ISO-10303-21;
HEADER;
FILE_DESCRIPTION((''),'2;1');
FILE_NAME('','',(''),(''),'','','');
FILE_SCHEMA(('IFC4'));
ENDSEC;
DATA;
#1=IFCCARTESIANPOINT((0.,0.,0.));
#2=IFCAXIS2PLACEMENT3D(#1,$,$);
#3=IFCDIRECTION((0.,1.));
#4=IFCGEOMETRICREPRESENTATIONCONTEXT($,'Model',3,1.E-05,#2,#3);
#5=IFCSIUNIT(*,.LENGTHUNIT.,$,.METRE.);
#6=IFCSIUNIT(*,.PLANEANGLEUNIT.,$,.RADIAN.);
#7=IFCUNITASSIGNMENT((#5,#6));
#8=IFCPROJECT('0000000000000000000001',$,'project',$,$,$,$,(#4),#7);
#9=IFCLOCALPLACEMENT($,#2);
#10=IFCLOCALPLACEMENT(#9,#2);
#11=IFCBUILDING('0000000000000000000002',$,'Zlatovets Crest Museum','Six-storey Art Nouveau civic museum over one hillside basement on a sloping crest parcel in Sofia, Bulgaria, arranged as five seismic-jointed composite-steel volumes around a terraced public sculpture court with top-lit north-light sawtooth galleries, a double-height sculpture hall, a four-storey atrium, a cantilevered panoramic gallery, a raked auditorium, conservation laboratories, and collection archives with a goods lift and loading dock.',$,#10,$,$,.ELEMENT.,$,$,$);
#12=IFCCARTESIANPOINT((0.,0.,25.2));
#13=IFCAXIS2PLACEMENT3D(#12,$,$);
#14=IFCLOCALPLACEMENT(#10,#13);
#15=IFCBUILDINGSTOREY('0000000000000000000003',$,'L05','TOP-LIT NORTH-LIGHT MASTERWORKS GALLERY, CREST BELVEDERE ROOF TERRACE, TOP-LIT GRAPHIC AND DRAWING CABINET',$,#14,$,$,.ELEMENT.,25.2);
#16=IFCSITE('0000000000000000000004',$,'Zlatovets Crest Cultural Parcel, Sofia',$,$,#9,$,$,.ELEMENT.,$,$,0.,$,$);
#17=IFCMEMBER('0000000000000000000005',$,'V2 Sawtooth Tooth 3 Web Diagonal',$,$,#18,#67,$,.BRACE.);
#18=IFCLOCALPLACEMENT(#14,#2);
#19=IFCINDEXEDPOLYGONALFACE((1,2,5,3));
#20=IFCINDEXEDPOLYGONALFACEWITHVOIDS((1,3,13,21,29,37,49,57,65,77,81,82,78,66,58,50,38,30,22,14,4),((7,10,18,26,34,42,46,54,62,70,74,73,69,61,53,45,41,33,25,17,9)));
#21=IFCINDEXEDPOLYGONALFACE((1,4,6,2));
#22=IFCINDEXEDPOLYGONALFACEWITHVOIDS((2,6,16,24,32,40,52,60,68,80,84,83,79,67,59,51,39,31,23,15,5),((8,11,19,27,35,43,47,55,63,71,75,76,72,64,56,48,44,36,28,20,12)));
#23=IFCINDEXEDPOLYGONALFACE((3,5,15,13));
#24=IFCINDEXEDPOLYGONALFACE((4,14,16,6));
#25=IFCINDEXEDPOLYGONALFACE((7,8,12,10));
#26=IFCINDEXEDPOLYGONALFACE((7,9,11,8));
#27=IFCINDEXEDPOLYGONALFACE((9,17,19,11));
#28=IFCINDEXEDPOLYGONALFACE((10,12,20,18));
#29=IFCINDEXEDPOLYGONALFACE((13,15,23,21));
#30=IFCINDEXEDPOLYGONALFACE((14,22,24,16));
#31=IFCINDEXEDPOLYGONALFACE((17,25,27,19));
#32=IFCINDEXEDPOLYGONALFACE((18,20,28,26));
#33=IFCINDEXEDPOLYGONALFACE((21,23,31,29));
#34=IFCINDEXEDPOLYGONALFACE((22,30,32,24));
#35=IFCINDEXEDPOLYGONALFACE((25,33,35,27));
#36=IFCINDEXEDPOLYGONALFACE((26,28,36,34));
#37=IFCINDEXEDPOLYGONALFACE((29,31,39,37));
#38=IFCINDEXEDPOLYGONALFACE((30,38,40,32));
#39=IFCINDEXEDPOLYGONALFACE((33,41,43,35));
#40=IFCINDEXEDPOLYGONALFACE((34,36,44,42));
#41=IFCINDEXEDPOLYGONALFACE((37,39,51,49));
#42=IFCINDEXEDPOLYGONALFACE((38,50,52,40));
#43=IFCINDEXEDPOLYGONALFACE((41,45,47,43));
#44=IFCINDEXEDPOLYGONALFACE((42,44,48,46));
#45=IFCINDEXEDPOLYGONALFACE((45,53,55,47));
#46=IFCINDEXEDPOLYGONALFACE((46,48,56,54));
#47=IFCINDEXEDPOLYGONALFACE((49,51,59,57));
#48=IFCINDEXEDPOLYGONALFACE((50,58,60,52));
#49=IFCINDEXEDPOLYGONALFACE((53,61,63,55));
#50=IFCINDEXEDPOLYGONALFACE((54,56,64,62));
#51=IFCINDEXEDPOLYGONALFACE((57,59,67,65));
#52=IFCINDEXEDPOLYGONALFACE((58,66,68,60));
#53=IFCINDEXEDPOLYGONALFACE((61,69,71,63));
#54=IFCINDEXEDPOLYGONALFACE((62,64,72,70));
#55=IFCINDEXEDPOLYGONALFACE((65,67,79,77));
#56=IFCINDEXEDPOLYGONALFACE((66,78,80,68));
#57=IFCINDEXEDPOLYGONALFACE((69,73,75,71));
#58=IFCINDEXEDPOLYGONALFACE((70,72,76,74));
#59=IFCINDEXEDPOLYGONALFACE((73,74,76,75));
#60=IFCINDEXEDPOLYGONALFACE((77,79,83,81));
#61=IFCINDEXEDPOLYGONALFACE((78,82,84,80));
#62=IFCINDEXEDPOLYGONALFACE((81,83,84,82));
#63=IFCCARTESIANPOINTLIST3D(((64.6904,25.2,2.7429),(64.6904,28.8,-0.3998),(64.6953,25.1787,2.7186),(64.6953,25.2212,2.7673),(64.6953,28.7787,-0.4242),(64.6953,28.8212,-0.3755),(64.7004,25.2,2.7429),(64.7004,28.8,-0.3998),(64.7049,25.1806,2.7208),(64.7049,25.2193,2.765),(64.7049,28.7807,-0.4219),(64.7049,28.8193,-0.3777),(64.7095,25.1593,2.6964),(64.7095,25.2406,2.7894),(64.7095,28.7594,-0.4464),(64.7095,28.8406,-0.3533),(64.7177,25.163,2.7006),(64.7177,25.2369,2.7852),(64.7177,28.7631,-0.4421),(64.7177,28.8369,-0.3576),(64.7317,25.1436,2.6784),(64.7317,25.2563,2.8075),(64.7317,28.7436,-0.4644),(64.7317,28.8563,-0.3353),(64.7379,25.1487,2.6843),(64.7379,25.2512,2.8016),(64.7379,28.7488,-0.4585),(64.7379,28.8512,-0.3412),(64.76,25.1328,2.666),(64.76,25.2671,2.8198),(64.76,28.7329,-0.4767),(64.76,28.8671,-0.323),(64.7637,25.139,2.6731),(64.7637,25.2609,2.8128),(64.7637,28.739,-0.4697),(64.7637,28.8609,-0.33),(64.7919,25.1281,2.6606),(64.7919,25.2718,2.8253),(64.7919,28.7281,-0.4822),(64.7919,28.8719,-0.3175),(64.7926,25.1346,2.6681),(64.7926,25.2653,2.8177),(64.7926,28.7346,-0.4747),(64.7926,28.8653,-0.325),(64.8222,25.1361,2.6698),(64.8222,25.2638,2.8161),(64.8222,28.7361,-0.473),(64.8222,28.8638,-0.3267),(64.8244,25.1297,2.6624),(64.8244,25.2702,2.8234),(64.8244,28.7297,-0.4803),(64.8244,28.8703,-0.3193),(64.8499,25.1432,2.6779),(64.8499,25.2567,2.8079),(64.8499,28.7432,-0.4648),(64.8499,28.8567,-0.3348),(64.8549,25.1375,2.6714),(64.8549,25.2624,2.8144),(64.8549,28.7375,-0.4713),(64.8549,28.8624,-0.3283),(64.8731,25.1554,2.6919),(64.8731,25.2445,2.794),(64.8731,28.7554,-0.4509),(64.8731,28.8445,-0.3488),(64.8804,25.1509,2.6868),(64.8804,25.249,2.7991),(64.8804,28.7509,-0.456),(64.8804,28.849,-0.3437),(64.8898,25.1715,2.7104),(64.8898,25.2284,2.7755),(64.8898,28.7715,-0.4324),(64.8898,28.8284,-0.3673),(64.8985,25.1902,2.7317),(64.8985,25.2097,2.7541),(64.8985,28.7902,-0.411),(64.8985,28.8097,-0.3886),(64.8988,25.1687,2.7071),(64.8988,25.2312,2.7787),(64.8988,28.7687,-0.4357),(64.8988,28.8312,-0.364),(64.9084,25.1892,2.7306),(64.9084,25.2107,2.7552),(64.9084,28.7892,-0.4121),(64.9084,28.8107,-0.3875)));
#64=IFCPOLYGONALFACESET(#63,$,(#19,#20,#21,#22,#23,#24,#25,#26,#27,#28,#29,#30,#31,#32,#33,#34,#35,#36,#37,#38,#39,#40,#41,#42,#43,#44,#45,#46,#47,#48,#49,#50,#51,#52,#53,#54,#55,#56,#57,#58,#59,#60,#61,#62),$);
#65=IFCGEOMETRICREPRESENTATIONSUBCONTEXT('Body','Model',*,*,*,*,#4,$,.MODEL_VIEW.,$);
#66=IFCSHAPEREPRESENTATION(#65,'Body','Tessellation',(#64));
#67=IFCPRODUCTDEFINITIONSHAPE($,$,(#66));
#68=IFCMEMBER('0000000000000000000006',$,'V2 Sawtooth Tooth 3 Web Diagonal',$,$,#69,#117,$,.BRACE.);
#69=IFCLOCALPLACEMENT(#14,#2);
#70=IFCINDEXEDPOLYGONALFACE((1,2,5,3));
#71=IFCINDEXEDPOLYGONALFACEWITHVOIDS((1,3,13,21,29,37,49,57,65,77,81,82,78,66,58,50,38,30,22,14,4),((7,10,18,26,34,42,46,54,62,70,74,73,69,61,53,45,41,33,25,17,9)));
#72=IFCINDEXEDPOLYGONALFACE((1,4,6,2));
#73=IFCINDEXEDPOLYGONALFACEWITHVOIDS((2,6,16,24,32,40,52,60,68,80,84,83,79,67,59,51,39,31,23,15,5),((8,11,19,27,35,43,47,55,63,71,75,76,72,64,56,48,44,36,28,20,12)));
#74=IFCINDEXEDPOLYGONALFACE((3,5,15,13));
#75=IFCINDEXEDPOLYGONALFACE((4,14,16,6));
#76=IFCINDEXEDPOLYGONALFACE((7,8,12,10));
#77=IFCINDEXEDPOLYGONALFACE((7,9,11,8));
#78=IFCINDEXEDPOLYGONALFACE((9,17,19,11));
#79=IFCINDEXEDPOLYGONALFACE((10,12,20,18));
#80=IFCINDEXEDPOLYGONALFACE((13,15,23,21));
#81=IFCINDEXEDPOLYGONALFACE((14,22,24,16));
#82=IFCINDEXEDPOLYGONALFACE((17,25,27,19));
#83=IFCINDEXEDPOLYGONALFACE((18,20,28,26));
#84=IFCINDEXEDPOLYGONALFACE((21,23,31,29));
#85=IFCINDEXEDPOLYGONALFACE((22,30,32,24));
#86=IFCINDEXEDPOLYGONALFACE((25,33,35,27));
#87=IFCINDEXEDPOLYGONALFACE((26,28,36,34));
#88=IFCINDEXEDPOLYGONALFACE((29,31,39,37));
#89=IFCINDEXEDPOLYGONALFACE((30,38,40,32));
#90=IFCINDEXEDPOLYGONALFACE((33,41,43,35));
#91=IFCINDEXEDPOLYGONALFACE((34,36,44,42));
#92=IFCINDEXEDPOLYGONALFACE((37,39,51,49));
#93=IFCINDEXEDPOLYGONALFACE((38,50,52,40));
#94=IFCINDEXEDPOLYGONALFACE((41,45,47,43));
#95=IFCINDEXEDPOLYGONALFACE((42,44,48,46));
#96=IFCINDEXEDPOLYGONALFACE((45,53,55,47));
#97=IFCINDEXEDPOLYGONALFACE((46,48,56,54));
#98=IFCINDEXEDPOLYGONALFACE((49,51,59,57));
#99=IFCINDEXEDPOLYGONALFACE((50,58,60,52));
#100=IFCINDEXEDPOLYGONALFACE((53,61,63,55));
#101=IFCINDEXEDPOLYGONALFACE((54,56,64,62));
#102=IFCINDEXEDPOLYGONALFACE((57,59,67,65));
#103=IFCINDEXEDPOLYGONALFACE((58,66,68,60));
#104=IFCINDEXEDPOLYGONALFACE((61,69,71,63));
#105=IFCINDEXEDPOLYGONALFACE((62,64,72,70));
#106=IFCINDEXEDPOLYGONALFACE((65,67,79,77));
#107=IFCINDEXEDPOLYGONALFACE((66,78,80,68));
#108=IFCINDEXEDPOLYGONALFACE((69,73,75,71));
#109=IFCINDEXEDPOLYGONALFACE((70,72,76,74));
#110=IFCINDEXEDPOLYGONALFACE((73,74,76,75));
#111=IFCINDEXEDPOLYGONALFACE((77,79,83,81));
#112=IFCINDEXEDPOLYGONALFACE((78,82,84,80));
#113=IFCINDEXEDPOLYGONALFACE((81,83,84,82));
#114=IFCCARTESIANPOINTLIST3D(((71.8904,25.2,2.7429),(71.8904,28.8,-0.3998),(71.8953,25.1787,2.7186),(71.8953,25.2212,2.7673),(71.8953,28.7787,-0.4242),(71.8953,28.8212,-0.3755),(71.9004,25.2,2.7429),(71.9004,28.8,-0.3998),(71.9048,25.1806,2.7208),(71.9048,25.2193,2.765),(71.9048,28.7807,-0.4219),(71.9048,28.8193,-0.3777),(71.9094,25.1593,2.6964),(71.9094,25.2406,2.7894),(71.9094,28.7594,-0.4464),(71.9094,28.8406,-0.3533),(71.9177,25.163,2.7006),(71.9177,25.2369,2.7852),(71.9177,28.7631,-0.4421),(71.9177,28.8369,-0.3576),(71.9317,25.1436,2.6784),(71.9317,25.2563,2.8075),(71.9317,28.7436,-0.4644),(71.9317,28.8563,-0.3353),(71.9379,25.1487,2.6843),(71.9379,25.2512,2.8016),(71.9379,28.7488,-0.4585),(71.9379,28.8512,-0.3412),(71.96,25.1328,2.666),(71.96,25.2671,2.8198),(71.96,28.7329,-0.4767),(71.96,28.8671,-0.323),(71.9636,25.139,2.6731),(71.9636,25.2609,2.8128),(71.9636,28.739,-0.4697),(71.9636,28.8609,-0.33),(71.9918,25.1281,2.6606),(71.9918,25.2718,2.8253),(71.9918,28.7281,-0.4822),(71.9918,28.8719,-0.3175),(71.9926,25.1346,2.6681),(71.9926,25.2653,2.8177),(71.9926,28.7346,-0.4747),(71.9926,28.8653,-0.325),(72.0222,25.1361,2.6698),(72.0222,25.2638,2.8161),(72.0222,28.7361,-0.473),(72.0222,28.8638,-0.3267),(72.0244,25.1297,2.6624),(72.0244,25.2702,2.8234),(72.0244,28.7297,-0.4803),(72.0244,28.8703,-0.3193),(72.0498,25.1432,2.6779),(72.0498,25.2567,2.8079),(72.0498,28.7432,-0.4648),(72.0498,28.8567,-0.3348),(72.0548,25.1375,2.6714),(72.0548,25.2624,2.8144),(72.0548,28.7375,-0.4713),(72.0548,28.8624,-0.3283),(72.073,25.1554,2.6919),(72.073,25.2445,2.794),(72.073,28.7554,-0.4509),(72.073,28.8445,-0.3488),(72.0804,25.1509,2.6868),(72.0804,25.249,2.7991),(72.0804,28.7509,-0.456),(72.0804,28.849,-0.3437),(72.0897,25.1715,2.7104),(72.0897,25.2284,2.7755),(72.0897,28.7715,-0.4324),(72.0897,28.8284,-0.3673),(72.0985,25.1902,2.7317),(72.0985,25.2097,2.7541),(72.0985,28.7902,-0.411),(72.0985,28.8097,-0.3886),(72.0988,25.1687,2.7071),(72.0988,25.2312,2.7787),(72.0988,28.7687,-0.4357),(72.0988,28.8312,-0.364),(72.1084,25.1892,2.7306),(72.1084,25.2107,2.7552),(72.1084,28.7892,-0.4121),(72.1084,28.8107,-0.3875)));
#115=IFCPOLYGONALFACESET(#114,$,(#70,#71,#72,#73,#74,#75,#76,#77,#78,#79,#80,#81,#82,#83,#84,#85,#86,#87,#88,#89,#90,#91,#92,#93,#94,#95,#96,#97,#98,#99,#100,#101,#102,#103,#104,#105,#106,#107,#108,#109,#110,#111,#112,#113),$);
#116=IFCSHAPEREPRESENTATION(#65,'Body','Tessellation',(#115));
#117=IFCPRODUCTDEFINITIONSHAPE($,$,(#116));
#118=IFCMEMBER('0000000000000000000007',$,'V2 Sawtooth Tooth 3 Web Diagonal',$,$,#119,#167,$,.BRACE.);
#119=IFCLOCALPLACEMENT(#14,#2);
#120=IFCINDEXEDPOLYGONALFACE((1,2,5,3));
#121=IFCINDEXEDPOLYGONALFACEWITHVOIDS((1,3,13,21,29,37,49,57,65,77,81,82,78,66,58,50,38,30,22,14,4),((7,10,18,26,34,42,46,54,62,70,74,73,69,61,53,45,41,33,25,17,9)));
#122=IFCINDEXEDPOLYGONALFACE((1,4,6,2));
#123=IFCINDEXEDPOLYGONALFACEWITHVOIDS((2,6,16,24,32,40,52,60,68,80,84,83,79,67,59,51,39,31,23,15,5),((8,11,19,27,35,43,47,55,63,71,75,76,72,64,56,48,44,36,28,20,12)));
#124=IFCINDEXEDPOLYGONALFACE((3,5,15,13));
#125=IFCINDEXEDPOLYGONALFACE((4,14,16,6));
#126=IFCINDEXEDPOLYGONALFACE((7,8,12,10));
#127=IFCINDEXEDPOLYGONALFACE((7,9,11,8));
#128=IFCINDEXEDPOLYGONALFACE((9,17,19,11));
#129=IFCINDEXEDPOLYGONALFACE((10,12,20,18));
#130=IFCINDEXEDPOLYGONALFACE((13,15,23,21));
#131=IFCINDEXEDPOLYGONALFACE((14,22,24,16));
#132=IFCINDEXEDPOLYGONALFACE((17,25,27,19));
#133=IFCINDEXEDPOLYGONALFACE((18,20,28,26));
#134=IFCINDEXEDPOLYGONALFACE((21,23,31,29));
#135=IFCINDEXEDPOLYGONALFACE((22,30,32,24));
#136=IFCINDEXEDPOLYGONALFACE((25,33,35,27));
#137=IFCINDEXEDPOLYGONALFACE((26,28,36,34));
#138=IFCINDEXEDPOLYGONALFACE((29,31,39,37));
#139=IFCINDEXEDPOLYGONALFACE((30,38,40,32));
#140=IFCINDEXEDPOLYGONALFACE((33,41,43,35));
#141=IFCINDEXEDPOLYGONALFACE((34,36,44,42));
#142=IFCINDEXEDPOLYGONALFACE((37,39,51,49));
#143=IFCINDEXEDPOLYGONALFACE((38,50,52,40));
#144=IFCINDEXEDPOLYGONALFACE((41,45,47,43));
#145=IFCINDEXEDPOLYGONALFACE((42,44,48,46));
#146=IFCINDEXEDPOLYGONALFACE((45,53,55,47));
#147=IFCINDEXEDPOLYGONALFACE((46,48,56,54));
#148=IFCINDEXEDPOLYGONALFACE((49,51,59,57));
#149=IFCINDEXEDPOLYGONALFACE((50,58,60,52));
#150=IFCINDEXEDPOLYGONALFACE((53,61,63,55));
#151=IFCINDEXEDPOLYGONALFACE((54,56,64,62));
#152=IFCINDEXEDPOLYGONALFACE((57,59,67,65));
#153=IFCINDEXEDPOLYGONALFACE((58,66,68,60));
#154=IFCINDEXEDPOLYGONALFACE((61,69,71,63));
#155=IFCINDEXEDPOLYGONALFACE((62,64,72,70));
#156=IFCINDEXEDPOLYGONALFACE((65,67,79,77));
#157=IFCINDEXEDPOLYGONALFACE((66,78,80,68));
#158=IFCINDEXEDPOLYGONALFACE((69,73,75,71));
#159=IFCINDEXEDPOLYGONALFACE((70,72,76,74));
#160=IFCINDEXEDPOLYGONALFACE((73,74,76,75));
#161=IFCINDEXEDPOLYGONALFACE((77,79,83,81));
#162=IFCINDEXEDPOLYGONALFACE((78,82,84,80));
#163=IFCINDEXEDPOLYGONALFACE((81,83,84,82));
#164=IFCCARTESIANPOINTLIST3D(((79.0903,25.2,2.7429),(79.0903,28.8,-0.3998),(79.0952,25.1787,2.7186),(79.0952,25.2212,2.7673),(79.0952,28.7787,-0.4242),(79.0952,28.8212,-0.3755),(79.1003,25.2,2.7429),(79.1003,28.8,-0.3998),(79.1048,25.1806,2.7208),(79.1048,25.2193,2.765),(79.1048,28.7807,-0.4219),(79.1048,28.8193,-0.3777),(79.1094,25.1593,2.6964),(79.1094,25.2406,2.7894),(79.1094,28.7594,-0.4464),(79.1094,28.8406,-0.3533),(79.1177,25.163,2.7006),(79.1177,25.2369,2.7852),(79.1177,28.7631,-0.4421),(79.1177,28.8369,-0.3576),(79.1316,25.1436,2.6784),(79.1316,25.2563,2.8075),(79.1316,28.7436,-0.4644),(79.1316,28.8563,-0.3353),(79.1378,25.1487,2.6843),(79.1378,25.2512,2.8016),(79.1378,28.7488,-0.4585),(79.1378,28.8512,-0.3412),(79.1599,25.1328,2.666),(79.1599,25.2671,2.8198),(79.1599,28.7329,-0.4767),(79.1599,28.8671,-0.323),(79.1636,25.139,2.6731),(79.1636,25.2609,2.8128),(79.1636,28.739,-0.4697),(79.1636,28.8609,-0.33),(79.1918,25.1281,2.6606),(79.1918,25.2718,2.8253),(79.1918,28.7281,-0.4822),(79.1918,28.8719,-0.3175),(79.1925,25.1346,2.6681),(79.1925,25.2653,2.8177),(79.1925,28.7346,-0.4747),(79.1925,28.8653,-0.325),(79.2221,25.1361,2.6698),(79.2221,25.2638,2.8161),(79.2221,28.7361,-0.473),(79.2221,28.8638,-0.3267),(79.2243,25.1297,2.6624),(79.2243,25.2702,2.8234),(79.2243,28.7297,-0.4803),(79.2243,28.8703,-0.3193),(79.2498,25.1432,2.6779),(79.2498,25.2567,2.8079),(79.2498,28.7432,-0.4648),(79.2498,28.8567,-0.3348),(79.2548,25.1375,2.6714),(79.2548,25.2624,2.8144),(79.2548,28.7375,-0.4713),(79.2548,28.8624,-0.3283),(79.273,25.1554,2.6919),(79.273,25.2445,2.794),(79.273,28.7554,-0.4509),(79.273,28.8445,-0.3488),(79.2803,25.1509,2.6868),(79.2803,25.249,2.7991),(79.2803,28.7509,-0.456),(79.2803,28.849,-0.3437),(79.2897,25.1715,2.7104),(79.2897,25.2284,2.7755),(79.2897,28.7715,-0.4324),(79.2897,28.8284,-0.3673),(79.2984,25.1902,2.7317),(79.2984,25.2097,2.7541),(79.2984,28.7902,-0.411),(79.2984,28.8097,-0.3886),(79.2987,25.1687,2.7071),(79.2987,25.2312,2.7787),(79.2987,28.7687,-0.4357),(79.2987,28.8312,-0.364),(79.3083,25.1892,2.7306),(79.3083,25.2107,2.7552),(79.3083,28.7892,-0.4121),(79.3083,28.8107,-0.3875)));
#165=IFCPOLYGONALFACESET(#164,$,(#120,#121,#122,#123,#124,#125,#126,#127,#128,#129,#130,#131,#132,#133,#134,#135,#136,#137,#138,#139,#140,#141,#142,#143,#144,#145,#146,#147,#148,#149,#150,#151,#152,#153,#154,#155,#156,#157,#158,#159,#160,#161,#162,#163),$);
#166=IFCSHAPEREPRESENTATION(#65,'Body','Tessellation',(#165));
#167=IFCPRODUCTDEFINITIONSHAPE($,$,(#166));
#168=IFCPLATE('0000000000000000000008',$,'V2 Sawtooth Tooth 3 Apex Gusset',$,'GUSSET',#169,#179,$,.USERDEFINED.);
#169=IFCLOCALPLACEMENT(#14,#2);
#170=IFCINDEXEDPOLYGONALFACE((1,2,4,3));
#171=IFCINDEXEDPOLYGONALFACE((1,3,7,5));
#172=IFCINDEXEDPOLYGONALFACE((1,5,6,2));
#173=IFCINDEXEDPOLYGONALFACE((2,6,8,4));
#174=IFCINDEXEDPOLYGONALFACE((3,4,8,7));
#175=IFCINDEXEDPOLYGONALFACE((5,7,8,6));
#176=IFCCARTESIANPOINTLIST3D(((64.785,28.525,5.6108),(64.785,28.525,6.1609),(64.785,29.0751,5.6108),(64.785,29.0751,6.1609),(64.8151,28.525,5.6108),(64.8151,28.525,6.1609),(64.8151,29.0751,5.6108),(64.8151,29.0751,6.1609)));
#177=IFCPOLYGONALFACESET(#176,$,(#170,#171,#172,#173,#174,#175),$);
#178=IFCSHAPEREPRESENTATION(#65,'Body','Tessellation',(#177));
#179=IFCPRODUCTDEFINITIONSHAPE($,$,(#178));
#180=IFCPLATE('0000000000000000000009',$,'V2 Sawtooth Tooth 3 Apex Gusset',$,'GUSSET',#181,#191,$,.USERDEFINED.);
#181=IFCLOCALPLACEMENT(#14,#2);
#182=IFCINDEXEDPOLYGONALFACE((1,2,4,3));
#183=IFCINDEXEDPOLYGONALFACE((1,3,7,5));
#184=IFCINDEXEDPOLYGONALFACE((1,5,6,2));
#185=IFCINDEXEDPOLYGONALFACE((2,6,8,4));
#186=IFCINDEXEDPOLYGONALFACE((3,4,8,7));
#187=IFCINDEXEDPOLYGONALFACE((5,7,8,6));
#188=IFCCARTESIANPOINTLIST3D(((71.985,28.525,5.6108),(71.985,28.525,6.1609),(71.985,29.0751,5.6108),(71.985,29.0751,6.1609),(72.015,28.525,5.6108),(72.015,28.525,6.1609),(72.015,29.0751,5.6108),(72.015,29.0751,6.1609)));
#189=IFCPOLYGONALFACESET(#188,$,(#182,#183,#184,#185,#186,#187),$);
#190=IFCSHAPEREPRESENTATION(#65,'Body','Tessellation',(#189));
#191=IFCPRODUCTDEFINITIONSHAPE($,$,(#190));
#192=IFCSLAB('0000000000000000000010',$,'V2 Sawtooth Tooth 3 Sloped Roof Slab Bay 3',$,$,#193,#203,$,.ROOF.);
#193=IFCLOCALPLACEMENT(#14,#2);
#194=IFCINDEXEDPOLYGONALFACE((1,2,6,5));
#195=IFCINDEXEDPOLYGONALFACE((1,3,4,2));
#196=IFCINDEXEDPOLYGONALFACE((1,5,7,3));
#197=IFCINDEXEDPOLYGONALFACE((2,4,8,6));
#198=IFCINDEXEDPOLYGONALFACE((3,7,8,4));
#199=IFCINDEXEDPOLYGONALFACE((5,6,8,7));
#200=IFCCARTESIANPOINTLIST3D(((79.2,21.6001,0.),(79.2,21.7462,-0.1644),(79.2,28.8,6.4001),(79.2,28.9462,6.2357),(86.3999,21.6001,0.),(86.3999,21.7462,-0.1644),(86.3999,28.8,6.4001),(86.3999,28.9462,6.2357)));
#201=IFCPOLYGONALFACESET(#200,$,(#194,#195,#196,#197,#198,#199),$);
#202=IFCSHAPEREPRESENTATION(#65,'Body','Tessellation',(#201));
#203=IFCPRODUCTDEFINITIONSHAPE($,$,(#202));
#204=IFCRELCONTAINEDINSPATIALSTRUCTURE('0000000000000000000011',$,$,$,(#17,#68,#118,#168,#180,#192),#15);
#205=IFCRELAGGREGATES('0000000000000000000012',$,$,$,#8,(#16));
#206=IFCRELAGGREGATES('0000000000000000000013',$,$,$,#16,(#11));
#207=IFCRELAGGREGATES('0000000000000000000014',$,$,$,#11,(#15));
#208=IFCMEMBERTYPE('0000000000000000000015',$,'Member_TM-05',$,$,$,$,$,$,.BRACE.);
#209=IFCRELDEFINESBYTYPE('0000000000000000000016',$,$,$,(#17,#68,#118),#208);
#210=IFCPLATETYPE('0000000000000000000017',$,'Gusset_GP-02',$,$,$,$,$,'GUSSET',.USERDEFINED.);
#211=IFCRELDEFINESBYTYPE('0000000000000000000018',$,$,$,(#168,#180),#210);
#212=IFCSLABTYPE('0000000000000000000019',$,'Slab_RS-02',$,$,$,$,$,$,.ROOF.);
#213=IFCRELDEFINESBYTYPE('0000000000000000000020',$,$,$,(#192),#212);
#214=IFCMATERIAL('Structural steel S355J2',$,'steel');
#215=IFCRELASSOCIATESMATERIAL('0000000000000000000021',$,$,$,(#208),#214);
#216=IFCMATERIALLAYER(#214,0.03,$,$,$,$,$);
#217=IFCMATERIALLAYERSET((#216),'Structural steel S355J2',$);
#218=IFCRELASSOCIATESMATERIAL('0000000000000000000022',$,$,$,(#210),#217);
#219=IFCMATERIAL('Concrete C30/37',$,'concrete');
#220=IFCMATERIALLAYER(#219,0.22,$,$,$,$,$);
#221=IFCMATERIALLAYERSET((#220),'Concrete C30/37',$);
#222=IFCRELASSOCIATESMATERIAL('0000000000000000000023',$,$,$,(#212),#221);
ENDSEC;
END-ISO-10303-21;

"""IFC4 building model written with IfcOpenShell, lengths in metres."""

from ifc_helpers import new_model, si_unit, direction, frame, origin, origin_2d, place, context, subcontext, project, spatial, polyline, rectangle, hollow_circle, outline, extrude, material, layer, layer_set, material_profile, profile_set, type_object, element, save


model = new_model("IFC4")

# Units and contexts
model_context = context("Model", 3, precision=1e-05, world=origin(), true_north=direction((0.0, 1.0)))
body_context = subcontext(model_context, "Body", "Model", "MODEL_VIEW")
ifc_project = project(units=[si_unit("LENGTHUNIT", "METRE"), si_unit("PLANEANGLEUNIT", "RADIAN")], contexts=[model_context])

# Site, building, storey
site_placement = place(None, origin())
site = spatial("IfcSite", under=ifc_project, at=site_placement, Name="Zlatovets Crest Cultural Parcel, Sofia", CompositionType="ELEMENT", RefElevation=0.0)
building_placement = place(site_placement, origin())
building = spatial("IfcBuilding", under=site, at=building_placement, Name="Zlatovets Crest Museum", Description="Six-storey Art Nouveau civic museum over one hillside basement on a sloping crest parcel in Sofia, Bulgaria, arranged as five seismic-jointed composite-steel volumes around a terraced public sculpture court with top-lit north-light sawtooth galleries, a double-height sculpture hall, a four-storey atrium, a cantilevered panoramic gallery, a raked auditorium, conservation laboratories, and collection archives with a goods lift and loading dock.", CompositionType="ELEMENT")
storey_placement = place(building_placement, frame((0.0, 0.0, 25.2)))
storey = spatial("IfcBuildingStorey", under=building, at=storey_placement, Name="L05", Description="TOP-LIT NORTH-LIGHT MASTERWORKS GALLERY, CREST BELVEDERE ROOF TERRACE, TOP-LIT GRAPHIC AND DRAWING CABINET", CompositionType="ELEMENT", Elevation=25.2)

# Shared definitions
ifc_material_1 = material(Name="Structural steel S355J2", Category="steel")

# Members
ifc_material_profile_1 = material_profile(ifc_material_1, hollow_circle(Radius=0.1096, WallThickness=0.01, at=origin_2d()), Name="CHS 219.1x10.0")
ifc_profile_set_1 = profile_set([ifc_material_profile_1], Name="Structural steel S355J2")
member_type_1 = type_object("IfcMemberType", Name="Member_TM-05", PredefinedType="BRACE", material=ifc_profile_set_1)
for number, where, z_axis, x_axis, name in (
    (1, (64.8, 25.2, 2.7429), (0.0, 0.753329, -0.657643), (-1.0, 0.0, 0.0), "V2 Sawtooth Tooth 3 Web Diagonal"),
    (2, (72.0, 25.2, 2.7429), (0.0, 0.753329, -0.657643), (-1.0, 0.0, 0.0), "V2 Sawtooth Tooth 3 Web Diagonal"),
    (3, (79.2, 25.2, 2.7429), (0.0, 0.753329, -0.657643), (-1.0, 0.0, 0.0), "V2 Sawtooth Tooth 3 Web Diagonal"),
):
    element("IfcMember", number, at=place(storey_placement, frame(where, z_axis=z_axis, x_axis=x_axis)), inside=storey, type_object=member_type_1, Name=name, PredefinedType="BRACE", context=body_context, shape_type="SweptSolid", body=[
        extrude(hollow_circle(Radius=0.1096, WallThickness=0.01, at=origin_2d()), origin(), (0.0, 0.0, 1.0), 4.7788),
    ])

# Plates
ifc_layer_1 = layer(ifc_material_1, 0.03)
ifc_layer_set_1 = layer_set([ifc_layer_1], Name="Structural steel S355J2")
plate_type = type_object("IfcPlateType", Name="Gusset_GP-02", ElementType="GUSSET", PredefinedType="USERDEFINED", material=ifc_layer_set_1)
for number, where, z_axis, x_axis, name in (
    (4, (64.8, 28.8, 5.6108), (0.0, 0.0, 1.0), (1.0, 0.0, 0.0), "V2 Sawtooth Tooth 3 Apex Gusset"),
    (5, (72.0, 28.8, 5.6108), (0.0, 0.0, 1.0), (1.0, 0.0, 0.0), "V2 Sawtooth Tooth 3 Apex Gusset"),
):
    element("IfcPlate", number, at=place(storey_placement, frame(where, z_axis=z_axis, x_axis=x_axis)), inside=storey, type_object=plate_type, Name=name, ObjectType="GUSSET", PredefinedType="USERDEFINED", context=body_context, shape_type="SweptSolid", body=[
        extrude(rectangle(XDim=0.03, YDim=0.55, at=origin_2d()), origin(), (0.0, 0.0, 1.0), 0.55),
    ])

# Slab
ifc_material_2 = material(Name="Concrete C30/37", Category="concrete")
ifc_layer_2 = layer(ifc_material_2, 0.22)
ifc_layer_set_2 = layer_set([ifc_layer_2], Name="Concrete C30/37")
slab_type = type_object("IfcSlabType", Name="Slab_RS-02", PredefinedType="ROOF", material=ifc_layer_set_2)
slab_placement = place(storey_placement, frame((79.2, 21.6001, 0.0), z_axis=(0.0, -0.664375, 0.7474), x_axis=(1.0, 0.0, 0.0)))
element("IfcSlab", 6, at=slab_placement, inside=storey, type_object=slab_type, Name="V2 Sawtooth Tooth 3 Sloped Roof Slab Bay 3", PredefinedType="ROOF", context=body_context, shape_type="SweptSolid", body=[
    extrude(outline(polyline([(0.0, 0.0), (7.2, 0.0), (7.2, 9.6333), (0.0, 9.6333), (0.0, 0.0)])), origin(), (0.0, 0.0, -1.0), 0.22),
])

save(model, "model.ifc")
